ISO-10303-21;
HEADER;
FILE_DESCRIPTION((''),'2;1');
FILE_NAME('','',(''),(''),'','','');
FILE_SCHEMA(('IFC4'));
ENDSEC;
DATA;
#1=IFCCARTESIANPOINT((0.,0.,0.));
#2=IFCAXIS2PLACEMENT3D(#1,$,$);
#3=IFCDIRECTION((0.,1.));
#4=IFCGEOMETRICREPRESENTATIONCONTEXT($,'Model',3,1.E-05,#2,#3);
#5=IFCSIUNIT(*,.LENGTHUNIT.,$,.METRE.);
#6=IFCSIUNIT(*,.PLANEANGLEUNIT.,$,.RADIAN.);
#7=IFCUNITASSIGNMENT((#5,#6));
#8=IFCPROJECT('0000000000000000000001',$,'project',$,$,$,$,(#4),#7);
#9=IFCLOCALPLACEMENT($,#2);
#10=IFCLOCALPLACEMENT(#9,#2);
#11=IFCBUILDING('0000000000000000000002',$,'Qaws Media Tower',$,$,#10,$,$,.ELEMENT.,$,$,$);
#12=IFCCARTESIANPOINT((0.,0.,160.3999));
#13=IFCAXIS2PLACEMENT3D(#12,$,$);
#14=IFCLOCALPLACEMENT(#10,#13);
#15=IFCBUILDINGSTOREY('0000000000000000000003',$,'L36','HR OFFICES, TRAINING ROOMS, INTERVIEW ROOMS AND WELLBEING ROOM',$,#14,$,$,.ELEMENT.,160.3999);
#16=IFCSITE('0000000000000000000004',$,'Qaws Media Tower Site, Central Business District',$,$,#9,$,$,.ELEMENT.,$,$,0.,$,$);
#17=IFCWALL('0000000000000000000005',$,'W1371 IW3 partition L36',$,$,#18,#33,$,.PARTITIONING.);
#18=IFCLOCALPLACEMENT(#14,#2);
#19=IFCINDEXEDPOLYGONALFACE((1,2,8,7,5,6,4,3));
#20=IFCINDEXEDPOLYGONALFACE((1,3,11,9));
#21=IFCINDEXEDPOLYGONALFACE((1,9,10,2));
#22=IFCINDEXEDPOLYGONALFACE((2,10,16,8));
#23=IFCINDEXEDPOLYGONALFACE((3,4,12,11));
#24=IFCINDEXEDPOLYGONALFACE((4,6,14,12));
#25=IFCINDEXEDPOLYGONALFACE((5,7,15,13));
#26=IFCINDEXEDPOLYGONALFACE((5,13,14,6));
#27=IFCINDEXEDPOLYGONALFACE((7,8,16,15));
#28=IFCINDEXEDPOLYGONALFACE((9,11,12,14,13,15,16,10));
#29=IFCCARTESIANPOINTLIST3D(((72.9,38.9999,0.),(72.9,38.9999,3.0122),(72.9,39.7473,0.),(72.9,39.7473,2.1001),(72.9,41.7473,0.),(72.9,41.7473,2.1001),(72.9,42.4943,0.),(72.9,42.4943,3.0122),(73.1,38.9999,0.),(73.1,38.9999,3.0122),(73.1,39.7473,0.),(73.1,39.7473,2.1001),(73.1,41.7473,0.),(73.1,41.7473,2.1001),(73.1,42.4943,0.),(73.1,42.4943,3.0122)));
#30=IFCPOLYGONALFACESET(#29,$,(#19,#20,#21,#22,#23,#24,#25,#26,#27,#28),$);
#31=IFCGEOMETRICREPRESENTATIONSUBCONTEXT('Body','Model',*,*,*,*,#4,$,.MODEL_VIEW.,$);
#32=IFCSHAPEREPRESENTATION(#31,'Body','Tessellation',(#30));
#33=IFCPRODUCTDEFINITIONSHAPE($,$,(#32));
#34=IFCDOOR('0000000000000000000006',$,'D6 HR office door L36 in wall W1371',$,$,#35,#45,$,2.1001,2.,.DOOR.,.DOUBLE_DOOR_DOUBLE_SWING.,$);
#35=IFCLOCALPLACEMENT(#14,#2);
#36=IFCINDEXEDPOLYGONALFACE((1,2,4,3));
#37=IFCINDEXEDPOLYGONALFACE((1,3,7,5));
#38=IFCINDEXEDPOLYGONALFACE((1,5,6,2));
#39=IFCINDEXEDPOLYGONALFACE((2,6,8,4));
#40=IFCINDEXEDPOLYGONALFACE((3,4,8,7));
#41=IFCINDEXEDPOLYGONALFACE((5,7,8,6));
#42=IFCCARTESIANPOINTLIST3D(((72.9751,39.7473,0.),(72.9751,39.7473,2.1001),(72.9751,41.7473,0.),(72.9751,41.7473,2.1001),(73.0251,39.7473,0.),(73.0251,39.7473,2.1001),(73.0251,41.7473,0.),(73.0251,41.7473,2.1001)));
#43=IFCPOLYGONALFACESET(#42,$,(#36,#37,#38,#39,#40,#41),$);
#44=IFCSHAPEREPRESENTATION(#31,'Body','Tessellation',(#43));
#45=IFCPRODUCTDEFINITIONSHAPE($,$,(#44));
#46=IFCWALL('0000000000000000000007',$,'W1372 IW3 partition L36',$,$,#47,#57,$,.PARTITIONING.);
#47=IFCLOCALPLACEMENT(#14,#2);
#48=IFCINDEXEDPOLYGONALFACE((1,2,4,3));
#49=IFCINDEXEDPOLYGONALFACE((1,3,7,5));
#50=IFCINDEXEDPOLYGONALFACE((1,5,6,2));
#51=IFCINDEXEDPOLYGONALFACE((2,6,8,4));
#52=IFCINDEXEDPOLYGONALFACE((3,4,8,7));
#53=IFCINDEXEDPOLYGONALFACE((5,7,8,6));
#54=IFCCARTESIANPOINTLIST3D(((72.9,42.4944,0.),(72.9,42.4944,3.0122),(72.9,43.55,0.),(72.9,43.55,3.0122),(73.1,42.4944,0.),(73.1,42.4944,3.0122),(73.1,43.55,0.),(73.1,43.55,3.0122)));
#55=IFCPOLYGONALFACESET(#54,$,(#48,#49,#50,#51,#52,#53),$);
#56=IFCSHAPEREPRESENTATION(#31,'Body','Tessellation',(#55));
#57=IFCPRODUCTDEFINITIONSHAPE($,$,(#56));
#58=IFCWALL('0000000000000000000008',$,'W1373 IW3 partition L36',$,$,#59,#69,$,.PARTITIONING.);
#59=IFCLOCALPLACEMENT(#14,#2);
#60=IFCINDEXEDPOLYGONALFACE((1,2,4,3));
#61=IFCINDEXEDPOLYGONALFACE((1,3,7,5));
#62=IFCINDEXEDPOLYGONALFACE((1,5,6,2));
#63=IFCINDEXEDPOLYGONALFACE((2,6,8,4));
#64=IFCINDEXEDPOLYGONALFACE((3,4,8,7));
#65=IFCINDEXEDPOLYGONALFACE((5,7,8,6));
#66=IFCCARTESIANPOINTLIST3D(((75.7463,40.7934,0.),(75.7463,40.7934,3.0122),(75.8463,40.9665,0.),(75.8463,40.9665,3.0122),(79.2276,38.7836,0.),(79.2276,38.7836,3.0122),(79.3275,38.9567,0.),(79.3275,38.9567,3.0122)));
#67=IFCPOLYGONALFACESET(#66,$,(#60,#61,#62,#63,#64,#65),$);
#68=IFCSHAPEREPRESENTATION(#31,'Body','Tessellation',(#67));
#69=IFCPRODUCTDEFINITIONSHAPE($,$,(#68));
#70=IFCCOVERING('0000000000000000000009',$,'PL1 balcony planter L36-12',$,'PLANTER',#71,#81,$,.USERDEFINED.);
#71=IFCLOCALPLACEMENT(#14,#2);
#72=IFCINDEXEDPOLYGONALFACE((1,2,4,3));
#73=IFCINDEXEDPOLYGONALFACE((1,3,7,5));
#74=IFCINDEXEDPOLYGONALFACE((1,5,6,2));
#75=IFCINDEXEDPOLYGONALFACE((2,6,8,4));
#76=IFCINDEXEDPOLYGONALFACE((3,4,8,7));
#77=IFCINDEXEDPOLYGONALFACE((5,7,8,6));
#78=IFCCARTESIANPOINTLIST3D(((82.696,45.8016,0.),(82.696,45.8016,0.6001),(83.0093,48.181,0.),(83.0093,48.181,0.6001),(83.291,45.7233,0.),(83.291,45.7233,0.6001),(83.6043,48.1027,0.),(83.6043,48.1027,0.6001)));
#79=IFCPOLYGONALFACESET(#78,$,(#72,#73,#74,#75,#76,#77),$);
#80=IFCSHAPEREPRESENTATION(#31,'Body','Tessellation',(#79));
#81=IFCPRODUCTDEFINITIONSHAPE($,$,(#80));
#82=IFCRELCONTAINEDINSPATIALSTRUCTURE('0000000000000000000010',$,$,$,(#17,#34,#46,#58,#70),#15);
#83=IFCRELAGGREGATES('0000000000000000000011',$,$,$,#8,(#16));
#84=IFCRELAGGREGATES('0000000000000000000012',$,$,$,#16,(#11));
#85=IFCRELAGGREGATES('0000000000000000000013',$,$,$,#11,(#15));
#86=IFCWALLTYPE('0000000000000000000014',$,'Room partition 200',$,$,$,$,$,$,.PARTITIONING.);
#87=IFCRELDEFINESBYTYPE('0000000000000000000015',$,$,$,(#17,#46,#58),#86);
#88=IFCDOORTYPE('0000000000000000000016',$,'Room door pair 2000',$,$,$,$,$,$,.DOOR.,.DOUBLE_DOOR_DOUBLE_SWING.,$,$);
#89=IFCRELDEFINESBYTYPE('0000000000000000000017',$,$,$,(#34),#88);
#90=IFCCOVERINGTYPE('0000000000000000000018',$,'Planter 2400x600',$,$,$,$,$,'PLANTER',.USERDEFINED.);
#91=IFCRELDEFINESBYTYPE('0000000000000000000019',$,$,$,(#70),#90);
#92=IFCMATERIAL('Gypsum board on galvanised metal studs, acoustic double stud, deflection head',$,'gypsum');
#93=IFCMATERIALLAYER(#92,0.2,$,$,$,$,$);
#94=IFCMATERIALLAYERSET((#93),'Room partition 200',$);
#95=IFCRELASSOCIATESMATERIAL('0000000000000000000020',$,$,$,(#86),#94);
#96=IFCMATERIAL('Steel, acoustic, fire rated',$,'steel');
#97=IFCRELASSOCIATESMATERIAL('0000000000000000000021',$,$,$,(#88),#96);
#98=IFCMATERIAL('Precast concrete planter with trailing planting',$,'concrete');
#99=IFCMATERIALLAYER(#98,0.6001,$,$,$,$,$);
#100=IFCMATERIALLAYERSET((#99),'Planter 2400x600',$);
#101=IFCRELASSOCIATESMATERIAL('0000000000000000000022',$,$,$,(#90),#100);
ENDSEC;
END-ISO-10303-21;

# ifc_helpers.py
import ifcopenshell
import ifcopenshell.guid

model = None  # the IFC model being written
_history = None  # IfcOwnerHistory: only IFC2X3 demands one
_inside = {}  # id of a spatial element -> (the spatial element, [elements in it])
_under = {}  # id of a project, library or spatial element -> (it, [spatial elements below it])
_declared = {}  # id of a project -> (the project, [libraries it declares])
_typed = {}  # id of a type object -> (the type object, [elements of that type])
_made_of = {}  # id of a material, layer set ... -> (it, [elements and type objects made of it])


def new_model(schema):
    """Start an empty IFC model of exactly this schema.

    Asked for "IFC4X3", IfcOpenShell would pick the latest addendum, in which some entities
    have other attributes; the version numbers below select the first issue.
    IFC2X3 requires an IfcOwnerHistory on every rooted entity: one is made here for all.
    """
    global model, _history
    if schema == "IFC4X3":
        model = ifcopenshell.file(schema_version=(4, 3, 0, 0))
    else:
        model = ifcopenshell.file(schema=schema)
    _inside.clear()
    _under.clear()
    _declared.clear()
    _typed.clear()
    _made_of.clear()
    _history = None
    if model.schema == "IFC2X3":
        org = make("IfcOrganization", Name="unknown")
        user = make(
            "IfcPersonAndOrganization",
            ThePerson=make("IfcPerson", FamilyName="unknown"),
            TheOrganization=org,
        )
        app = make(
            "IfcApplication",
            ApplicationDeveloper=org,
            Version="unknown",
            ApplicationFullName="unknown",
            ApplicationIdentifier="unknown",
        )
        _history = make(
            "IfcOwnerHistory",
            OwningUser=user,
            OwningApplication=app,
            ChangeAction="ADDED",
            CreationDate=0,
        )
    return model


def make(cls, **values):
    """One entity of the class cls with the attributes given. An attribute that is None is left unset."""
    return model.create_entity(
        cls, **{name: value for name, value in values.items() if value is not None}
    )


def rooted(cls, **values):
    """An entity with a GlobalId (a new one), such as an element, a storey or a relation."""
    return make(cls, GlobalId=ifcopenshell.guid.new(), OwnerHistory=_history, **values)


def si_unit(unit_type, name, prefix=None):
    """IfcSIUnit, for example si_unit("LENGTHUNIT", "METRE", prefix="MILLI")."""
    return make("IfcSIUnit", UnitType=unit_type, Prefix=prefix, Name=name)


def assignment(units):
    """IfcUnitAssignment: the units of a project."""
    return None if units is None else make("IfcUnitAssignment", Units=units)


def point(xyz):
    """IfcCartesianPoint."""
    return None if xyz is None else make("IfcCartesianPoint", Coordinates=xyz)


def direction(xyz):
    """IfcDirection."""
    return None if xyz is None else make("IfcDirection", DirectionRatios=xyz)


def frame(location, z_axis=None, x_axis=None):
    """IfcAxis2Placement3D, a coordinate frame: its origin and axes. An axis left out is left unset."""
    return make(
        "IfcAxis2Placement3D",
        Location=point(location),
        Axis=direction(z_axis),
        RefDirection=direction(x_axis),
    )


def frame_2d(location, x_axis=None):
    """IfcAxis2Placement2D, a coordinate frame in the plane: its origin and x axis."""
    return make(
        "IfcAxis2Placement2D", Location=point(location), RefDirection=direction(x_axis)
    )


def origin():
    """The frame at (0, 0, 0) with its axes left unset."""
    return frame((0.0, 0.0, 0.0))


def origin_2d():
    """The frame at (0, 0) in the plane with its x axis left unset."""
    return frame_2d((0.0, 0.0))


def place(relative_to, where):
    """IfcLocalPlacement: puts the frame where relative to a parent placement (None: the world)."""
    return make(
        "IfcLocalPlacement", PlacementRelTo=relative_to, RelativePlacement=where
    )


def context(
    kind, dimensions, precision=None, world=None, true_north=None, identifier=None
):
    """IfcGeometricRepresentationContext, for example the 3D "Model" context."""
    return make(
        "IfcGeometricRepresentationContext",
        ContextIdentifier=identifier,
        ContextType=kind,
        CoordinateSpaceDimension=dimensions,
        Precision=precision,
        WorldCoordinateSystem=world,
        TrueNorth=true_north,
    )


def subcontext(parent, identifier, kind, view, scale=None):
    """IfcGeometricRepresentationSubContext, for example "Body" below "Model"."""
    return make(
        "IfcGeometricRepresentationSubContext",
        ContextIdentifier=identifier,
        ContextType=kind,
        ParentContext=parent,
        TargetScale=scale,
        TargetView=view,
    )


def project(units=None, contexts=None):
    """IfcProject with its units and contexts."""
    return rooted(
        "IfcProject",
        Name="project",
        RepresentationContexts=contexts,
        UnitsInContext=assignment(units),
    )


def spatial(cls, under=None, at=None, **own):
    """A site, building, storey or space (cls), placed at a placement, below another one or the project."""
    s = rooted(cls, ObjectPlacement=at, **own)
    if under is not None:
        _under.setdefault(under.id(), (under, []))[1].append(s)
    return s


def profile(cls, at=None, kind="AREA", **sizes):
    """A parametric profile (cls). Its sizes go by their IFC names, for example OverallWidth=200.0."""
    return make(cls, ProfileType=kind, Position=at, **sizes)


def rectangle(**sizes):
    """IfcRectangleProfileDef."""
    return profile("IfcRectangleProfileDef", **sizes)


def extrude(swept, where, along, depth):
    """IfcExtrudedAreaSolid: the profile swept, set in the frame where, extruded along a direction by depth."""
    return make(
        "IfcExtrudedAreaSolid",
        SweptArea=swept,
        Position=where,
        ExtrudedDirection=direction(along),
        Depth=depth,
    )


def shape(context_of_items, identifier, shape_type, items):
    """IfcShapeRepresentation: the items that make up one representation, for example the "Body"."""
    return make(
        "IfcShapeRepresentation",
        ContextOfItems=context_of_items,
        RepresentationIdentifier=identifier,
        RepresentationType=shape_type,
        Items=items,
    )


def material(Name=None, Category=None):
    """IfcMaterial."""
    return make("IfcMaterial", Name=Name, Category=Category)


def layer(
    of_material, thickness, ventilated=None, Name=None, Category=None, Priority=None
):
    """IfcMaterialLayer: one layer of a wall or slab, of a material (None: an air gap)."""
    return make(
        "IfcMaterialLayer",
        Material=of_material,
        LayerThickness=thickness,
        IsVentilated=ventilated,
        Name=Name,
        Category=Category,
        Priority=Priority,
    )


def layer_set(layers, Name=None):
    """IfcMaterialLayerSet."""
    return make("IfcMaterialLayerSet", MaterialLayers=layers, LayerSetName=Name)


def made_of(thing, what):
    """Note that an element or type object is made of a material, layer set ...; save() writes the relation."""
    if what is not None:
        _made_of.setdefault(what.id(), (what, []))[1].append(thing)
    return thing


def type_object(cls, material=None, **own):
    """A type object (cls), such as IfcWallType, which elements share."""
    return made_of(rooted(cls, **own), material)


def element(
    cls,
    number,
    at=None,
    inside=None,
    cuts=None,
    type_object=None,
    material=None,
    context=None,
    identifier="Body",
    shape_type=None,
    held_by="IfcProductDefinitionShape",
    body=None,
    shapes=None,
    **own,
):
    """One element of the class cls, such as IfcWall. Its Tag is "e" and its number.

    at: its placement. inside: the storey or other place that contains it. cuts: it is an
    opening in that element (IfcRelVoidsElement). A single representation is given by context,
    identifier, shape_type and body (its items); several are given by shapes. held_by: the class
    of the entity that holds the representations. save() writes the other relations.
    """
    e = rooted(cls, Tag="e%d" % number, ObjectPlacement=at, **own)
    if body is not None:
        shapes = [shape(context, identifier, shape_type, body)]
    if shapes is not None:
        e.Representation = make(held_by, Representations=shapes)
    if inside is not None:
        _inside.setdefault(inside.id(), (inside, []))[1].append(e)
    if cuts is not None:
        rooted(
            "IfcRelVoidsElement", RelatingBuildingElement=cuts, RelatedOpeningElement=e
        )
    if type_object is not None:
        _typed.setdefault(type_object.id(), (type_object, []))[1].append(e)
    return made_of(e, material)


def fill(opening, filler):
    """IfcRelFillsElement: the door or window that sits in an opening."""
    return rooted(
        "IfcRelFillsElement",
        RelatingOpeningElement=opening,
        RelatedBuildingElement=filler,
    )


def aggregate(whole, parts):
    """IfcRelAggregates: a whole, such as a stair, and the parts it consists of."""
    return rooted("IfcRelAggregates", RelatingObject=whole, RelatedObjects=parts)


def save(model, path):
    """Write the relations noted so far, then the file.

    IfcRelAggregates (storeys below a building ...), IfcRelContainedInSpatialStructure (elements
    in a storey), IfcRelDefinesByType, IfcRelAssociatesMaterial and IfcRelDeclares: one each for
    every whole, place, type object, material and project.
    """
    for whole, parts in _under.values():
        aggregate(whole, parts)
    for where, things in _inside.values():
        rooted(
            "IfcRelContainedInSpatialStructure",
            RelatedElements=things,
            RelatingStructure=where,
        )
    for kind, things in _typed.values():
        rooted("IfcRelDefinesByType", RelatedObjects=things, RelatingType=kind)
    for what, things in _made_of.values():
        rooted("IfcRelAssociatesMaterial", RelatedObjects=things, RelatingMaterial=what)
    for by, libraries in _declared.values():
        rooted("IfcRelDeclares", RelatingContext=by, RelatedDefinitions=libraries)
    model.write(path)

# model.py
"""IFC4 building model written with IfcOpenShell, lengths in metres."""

from ifc_helpers import new_model, si_unit, direction, frame, frame_2d, origin, origin_2d, place, context, subcontext, project, spatial, rectangle, extrude, material, layer, layer_set, type_object, element, fill, save


model = new_model("IFC4")

# Units and contexts
model_context = context("Model", 3, precision=1e-05, world=origin(), true_north=direction((0.0, 1.0)))
body_context = subcontext(model_context, "Body", "Model", "MODEL_VIEW")
ifc_project = project(units=[si_unit("LENGTHUNIT", "METRE"), si_unit("PLANEANGLEUNIT", "RADIAN")], contexts=[model_context])

# Site, building, storey
site_placement = place(None, origin())
site = spatial("IfcSite", under=ifc_project, at=site_placement, Name="Qaws Media Tower Site, Central Business District", CompositionType="ELEMENT", RefElevation=0.0)
building_placement = place(site_placement, origin())
building = spatial("IfcBuilding", under=site, at=building_placement, Name="Qaws Media Tower", CompositionType="ELEMENT")
storey_placement = place(building_placement, frame((0.0, 0.0, 160.3999)))
storey = spatial("IfcBuildingStorey", under=building, at=storey_placement, Name="L36", Description="HR OFFICES, TRAINING ROOMS, INTERVIEW ROOMS AND WELLBEING ROOM", CompositionType="ELEMENT", Elevation=160.3999)

# Shared definitions
ifc_material_1 = material(Name="Gypsum board on galvanised metal studs, acoustic double stud, deflection head", Category="gypsum")
ifc_layer_1 = layer(ifc_material_1, 0.2)
ifc_layer_set_1 = layer_set([ifc_layer_1], Name="Room partition 200")
wall_type_1 = type_object("IfcWallType", Name="Room partition 200", PredefinedType="PARTITIONING", material=ifc_layer_set_1)

# Wall, opening, door
wall_1_placement = place(storey_placement, frame((73.0, 39.0, 0.0), z_axis=(0.0, 0.0, 1.0), x_axis=(0.0, 1.0, 0.0)))
wall_1 = element("IfcWall", 1, at=wall_1_placement, inside=storey, type_object=wall_type_1, Name="W1371 IW3 partition L36", PredefinedType="PARTITIONING", context=body_context, shape_type="SweptSolid", body=[
    extrude(rectangle(XDim=3.4944, YDim=0.2, at=frame_2d((1.7471, 0.0))), origin(), (0.0, 0.0, 1.0), 3.0122),
])
opening_placement = place(wall_1_placement, frame((0.7473, 0.0, 0.0)))
opening = element("IfcOpeningElement", 2, at=opening_placement, cuts=wall_1, PredefinedType="OPENING", context=body_context, shape_type="SweptSolid", body=[
    extrude(rectangle(XDim=2.0, YDim=2.1001, at=frame_2d((1.0, 1.05))), frame((0.0, 0.1099, 0.0), z_axis=(0.0, -1.0, 0.0), x_axis=(1.0, 0.0, 0.0)), (0.0, 0.0, 1.0), 0.22),
])
ifc_material_2 = material(Name="Steel, acoustic, fire rated", Category="steel")
door_type = type_object("IfcDoorType", Name="Room door pair 2000", OperationType="DOUBLE_DOOR_DOUBLE_SWING", PredefinedType="DOOR", material=ifc_material_2)
door_placement = place(opening_placement, origin())
door = element("IfcDoor", 3, at=door_placement, inside=storey, type_object=door_type, Name="D6 HR office door L36 in wall W1371", OperationType="DOUBLE_DOOR_DOUBLE_SWING", OverallHeight=2.1001, OverallWidth=2.0, PredefinedType="DOOR", context=body_context, shape_type="SweptSolid", body=[
    extrude(rectangle(XDim=2.0, YDim=2.1001, at=frame_2d((1.0, 1.05))), frame((0.0, 0.0249, 0.0), z_axis=(0.0, -1.0, 0.0), x_axis=(1.0, 0.0, 0.0)), (0.0, 0.0, 1.0), 0.05),
])
fill(opening, door)

# Walls
wall_2_placement = place(storey_placement, frame((73.0, 42.4944, 0.0), z_axis=(0.0, 0.0, 1.0), x_axis=(0.0, 1.0, 0.0)))
element("IfcWall", 4, at=wall_2_placement, inside=storey, type_object=wall_type_1, Name="W1372 IW3 partition L36", PredefinedType="PARTITIONING", context=body_context, shape_type="SweptSolid", body=[
    extrude(rectangle(XDim=1.0557, YDim=0.2, at=frame_2d((0.5278, 0.0))), origin(), (0.0, 0.0, 1.0), 3.0122),
])
wall_3_placement = place(storey_placement, frame((75.7964, 40.8799, 0.0), z_axis=(0.0, 0.0, 1.0), x_axis=(0.866037, -0.49998, 0.0)))
element("IfcWall", 5, at=wall_3_placement, inside=storey, type_object=wall_type_1, Name="W1373 IW3 partition L36", PredefinedType="PARTITIONING", context=body_context, shape_type="SweptSolid", body=[
    extrude(rectangle(XDim=4.0198, YDim=0.2, at=frame_2d((2.0098, 0.0))), origin(), (0.0, 0.0, 1.0), 3.0122),
])

# Covering
ifc_material_3 = material(Name="Precast concrete planter with trailing planting", Category="concrete")
ifc_layer_2 = layer(ifc_material_3, 0.6001)
ifc_layer_set_2 = layer_set([ifc_layer_2], Name="Planter 2400x600")
covering_type = type_object("IfcCoveringType", Name="Planter 2400x600", ElementType="PLANTER", PredefinedType="USERDEFINED", material=ifc_layer_set_2)
covering_placement = place(storey_placement, frame((83.1501, 46.9521, 0.0), z_axis=(0.0, 0.0, 1.0), x_axis=(0.130526, 0.991445, 0.0)))
element("IfcCovering", 6, at=covering_placement, inside=storey, type_object=covering_type, Name="PL1 balcony planter L36-12", ObjectType="PLANTER", PredefinedType="USERDEFINED", context=body_context, shape_type="SweptSolid", body=[
    extrude(rectangle(XDim=2.3999, YDim=0.6001, at=origin_2d()), origin(), (0.0, 0.0, 1.0), 0.6001),
])

save(model, "model.ifc")
